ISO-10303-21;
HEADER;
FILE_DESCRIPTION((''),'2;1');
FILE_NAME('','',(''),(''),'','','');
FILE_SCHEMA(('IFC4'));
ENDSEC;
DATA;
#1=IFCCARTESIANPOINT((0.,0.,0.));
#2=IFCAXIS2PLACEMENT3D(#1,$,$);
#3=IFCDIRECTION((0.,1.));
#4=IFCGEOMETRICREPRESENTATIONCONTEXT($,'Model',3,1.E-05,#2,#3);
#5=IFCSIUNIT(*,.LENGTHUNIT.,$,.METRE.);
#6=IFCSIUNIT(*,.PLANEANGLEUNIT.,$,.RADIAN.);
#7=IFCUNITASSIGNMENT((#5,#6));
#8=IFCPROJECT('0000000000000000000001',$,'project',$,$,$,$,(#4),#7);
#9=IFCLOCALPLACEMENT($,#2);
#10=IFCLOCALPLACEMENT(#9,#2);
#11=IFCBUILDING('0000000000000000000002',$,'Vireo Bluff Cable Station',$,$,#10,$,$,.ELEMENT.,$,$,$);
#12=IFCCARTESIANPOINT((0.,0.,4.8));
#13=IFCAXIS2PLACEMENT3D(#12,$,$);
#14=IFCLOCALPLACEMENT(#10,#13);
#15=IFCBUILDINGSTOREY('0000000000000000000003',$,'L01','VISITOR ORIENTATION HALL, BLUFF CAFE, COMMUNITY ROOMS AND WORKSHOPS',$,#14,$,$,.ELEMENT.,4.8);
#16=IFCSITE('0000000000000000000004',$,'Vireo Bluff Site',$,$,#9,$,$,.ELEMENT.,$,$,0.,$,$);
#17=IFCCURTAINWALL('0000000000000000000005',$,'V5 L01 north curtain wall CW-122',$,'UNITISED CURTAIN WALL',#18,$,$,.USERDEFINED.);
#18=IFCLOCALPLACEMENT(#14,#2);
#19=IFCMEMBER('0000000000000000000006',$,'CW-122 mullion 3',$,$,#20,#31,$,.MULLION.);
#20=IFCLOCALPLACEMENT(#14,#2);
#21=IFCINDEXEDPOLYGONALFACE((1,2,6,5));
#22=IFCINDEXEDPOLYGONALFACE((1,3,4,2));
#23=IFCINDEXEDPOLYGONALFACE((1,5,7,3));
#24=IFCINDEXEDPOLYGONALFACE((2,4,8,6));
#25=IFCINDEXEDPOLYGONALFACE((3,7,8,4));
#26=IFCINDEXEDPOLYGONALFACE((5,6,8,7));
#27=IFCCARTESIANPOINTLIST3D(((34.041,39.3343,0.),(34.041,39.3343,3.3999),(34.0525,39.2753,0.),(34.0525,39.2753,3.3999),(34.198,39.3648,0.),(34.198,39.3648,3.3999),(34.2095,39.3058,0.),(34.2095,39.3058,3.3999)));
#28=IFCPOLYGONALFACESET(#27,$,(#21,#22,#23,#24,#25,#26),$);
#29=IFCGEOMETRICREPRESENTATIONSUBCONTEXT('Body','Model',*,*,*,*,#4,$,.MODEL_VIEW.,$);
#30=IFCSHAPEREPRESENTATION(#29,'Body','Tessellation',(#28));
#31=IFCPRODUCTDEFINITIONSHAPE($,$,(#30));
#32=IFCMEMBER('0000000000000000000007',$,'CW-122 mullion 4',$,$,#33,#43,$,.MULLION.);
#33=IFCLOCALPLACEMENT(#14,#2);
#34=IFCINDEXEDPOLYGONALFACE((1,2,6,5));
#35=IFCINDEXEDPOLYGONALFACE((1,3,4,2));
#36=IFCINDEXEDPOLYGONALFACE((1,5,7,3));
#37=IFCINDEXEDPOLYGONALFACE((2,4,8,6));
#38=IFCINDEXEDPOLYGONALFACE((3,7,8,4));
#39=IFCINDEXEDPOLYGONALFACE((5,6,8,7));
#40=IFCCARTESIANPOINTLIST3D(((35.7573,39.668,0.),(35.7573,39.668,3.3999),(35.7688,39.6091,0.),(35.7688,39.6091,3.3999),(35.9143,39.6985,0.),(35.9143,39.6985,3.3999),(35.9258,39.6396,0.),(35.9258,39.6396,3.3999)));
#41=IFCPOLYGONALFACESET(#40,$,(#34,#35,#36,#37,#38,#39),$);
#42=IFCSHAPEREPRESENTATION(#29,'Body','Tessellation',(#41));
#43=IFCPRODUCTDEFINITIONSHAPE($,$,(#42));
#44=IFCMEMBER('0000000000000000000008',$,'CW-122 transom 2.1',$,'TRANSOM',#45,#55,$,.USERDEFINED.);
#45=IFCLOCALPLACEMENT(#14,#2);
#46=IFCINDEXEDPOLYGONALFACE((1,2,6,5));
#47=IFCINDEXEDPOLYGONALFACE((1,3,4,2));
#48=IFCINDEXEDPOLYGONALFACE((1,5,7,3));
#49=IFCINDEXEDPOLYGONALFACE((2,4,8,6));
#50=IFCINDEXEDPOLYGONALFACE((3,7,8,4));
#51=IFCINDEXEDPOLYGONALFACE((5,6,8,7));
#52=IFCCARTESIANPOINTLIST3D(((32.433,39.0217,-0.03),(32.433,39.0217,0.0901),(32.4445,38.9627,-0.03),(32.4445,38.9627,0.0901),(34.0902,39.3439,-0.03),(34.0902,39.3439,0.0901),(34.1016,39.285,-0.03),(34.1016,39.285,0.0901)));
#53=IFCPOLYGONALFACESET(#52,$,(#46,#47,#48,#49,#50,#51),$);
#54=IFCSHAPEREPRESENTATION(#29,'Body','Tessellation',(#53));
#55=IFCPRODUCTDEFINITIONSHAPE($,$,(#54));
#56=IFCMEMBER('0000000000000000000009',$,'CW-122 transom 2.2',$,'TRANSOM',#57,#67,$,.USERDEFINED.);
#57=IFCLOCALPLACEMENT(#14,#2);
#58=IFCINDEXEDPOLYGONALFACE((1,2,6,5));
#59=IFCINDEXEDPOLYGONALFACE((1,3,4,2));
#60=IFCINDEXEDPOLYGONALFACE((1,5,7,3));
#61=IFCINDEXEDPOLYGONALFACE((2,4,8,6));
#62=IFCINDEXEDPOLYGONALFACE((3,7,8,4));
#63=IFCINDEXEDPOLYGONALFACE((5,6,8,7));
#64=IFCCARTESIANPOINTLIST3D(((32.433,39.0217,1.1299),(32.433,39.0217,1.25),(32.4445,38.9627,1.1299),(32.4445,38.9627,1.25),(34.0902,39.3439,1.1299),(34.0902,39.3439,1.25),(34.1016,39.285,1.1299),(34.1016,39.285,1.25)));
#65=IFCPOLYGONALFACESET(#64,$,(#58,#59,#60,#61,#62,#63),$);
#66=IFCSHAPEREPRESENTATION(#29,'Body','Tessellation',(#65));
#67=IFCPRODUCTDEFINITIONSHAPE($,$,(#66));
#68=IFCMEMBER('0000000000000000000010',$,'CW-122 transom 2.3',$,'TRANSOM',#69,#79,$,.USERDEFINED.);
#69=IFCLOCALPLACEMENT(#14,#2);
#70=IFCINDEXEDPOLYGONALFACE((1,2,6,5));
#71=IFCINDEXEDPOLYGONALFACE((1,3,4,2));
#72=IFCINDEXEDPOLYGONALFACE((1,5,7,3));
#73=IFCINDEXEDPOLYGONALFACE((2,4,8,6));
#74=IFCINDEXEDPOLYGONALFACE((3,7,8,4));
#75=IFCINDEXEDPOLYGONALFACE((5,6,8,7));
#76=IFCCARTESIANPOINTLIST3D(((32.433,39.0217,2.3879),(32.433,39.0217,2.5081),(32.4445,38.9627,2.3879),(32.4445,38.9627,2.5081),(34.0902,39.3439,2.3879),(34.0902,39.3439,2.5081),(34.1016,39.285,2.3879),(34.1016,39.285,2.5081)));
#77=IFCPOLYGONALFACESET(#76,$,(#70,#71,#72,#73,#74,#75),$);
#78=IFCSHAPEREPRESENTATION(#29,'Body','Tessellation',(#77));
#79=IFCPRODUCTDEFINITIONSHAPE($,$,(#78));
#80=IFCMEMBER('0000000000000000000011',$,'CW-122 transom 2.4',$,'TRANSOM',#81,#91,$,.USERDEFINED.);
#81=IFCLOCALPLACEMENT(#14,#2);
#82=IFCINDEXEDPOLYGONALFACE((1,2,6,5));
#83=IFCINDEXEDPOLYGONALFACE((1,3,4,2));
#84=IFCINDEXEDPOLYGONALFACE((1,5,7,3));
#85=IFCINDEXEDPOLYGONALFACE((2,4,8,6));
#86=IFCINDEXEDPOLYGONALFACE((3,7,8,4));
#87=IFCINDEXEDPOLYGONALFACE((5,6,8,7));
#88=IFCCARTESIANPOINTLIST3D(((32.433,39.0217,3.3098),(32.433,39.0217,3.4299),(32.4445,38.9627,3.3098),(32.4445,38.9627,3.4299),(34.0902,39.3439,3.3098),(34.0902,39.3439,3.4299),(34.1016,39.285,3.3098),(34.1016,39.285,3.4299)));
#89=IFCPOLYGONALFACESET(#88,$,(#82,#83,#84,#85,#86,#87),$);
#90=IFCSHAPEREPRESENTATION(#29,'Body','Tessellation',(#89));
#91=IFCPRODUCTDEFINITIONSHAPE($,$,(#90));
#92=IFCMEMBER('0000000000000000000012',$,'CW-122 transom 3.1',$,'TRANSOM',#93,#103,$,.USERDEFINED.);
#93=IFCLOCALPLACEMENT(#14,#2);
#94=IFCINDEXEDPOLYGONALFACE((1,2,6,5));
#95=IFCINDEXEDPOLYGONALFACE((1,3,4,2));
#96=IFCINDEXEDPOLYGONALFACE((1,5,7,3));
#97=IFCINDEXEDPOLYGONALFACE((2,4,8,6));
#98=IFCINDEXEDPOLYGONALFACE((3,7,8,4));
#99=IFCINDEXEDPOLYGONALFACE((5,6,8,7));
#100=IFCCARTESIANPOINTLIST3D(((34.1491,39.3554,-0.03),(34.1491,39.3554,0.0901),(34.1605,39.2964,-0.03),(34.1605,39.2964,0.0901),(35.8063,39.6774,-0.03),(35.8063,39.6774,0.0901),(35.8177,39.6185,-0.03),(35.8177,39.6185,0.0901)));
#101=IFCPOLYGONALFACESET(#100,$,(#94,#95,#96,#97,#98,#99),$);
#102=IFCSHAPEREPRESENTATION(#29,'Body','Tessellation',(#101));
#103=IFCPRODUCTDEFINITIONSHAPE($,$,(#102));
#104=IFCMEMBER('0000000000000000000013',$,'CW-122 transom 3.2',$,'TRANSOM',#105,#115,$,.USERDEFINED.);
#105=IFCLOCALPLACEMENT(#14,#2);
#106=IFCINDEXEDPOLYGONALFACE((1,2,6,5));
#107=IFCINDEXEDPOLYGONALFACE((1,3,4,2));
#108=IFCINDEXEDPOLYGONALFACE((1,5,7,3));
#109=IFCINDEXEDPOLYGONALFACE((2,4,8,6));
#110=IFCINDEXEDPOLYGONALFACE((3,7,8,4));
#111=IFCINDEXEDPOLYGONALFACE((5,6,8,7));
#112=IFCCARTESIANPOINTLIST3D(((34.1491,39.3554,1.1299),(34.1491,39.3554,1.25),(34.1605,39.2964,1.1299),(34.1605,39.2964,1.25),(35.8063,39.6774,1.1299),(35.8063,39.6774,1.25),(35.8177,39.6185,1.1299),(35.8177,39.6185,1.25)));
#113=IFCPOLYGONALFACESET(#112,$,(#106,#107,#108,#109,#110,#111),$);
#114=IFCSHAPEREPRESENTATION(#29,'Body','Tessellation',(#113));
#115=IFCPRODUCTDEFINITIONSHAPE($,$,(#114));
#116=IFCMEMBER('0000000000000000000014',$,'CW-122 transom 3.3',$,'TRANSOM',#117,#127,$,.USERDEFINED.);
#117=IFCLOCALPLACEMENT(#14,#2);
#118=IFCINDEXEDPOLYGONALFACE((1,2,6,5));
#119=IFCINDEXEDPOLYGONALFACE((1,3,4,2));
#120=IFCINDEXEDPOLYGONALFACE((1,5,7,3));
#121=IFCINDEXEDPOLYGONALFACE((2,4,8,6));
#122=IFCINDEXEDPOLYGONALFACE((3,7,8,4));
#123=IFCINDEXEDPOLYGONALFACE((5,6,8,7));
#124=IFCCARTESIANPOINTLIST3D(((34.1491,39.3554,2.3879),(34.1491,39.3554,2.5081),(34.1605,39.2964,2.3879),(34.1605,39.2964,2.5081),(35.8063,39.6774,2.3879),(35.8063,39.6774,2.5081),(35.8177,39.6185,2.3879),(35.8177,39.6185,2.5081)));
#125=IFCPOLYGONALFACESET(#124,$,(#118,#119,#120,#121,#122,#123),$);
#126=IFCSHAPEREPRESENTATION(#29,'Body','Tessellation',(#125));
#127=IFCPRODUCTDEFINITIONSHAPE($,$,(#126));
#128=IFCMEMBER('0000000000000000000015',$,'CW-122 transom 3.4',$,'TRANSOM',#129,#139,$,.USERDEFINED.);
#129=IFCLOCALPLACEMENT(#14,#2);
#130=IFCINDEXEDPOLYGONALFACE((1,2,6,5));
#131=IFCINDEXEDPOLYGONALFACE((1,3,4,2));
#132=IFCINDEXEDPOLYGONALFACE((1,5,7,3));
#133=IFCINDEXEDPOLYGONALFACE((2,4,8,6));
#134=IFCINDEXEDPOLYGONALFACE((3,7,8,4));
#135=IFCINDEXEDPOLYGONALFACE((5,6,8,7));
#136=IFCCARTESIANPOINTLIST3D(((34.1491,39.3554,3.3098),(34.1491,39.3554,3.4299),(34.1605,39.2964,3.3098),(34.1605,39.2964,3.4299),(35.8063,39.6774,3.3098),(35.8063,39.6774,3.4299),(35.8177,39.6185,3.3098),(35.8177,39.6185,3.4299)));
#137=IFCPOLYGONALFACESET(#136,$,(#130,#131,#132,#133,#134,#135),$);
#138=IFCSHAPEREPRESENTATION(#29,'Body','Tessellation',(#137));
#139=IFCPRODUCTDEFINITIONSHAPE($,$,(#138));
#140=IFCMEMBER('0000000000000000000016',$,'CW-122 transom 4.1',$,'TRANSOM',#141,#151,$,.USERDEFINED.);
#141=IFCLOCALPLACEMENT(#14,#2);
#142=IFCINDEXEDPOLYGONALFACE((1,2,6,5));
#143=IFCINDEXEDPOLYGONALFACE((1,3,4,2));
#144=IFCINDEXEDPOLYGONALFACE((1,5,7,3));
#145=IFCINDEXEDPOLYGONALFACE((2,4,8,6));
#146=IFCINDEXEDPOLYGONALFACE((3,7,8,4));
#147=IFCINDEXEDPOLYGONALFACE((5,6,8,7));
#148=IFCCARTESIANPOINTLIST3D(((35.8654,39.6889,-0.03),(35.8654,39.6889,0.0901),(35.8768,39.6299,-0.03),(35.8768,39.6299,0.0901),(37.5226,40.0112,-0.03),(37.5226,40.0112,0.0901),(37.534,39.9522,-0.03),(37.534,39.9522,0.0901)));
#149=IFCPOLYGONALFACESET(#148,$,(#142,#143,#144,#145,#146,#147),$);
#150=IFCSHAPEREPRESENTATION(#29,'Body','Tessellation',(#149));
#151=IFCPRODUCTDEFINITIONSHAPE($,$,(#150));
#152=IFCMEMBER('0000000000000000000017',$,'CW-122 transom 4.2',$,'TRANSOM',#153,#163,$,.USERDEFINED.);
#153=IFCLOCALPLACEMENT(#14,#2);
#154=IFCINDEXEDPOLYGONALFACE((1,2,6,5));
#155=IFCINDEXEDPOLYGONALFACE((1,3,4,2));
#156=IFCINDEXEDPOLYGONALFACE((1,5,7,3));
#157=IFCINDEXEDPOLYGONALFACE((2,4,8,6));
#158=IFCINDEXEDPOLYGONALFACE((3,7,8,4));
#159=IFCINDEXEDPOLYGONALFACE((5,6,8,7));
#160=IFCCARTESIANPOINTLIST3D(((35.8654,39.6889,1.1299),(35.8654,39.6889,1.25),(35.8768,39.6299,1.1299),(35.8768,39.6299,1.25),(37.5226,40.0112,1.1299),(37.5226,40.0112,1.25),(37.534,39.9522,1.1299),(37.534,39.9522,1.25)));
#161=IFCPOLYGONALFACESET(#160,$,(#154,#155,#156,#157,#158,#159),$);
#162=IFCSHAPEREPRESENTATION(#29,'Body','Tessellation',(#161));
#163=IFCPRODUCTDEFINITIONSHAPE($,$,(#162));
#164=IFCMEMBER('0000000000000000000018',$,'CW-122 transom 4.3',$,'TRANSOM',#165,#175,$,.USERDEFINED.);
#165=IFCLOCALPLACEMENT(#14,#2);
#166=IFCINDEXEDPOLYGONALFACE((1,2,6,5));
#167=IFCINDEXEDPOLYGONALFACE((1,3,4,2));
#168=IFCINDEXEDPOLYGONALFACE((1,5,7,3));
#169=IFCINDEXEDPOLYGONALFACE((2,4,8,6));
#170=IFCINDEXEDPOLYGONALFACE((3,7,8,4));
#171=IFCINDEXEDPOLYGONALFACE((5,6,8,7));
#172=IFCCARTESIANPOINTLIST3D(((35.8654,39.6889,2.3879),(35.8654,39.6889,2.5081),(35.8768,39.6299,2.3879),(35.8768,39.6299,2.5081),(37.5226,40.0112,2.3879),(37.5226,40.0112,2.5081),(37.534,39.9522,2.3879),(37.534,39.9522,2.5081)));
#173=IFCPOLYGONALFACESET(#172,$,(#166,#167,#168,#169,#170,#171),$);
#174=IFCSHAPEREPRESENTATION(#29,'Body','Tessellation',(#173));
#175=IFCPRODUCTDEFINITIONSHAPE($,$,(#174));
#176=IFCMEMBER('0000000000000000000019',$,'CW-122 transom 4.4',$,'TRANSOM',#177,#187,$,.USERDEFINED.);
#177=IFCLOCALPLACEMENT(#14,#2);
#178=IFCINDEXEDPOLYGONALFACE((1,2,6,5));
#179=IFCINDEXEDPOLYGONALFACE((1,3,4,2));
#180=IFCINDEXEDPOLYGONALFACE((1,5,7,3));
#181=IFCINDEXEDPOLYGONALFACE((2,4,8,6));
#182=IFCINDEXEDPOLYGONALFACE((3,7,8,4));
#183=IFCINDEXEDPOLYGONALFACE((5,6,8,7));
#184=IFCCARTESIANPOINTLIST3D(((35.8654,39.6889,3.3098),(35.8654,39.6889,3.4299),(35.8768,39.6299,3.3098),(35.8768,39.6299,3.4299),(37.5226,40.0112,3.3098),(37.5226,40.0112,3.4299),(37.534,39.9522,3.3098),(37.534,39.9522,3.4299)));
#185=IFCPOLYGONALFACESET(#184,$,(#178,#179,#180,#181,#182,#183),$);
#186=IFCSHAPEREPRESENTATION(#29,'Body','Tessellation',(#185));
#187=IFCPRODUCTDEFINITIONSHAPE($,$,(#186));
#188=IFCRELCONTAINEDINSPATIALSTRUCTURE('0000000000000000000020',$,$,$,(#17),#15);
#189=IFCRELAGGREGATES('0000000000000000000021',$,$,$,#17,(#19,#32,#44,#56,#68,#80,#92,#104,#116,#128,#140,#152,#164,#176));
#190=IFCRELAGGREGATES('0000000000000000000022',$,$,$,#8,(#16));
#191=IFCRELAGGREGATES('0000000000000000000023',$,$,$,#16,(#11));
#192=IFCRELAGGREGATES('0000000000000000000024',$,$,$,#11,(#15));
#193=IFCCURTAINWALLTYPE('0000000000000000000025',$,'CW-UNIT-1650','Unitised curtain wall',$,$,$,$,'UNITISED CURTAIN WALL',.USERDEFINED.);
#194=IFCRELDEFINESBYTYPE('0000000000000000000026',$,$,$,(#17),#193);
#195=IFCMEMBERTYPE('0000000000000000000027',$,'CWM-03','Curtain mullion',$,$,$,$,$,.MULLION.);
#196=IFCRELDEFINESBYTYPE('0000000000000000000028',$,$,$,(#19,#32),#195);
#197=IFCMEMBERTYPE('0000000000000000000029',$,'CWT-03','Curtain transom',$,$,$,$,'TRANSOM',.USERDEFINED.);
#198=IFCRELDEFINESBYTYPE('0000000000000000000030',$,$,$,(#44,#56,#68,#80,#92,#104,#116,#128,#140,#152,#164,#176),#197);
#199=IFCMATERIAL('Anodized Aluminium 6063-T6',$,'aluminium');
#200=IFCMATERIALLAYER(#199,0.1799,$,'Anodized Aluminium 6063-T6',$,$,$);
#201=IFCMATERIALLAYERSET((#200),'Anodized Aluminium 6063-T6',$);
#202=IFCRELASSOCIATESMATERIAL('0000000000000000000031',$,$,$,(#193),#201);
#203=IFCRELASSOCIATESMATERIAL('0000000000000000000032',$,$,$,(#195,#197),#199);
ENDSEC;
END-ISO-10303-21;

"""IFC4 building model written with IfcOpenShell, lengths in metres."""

from ifc_helpers import new_model, si_unit, direction, frame, origin, origin_2d, place, context, subcontext, project, spatial, rectangle, extrude, material, layer, layer_set, material_profile, profile_set, type_object, element, aggregate, save


model = new_model("IFC4")

# Units and contexts
model_context = context("Model", 3, precision=1e-05, world=origin(), true_north=direction((0.0, 1.0)))
body_context = subcontext(model_context, "Body", "Model", "MODEL_VIEW")
ifc_project = project(units=[si_unit("LENGTHUNIT", "METRE"), si_unit("PLANEANGLEUNIT", "RADIAN")], contexts=[model_context])

# Site, building, storey
site_placement = place(None, origin())
site = spatial("IfcSite", under=ifc_project, at=site_placement, Name="Vireo Bluff Site", CompositionType="ELEMENT", RefElevation=0.0)
building_placement = place(site_placement, origin())
building = spatial("IfcBuilding", under=site, at=building_placement, Name="Vireo Bluff Cable Station", CompositionType="ELEMENT")
storey_placement = place(building_placement, frame((0.0, 0.0, 4.8)))
storey = spatial("IfcBuildingStorey", under=building, at=storey_placement, Name="L01", Description="VISITOR ORIENTATION HALL, BLUFF CAFE, COMMUNITY ROOMS AND WORKSHOPS", CompositionType="ELEMENT", Elevation=4.8)

# Curtain wall, members
ifc_material_1 = material(Name="Anodized Aluminium 6063-T6", Category="aluminium")
ifc_layer_1 = layer(ifc_material_1, 0.1799, Name="Anodized Aluminium 6063-T6")
ifc_layer_set_1 = layer_set([ifc_layer_1], Name="Anodized Aluminium 6063-T6")
curtain_wall_type = type_object("IfcCurtainWallType", Name="CW-UNIT-1650", Description="Unitised curtain wall", ElementType="UNITISED CURTAIN WALL", PredefinedType="USERDEFINED", material=ifc_layer_set_1)
curtain_wall_placement = place(storey_placement, origin())
curtain_wall = element("IfcCurtainWall", 1, at=curtain_wall_placement, inside=storey, type_object=curtain_wall_type, Name="V5 L01 north curtain wall CW-122", ObjectType="UNITISED CURTAIN WALL", PredefinedType="USERDEFINED")
ifc_material_profile_1 = material_profile(ifc_material_1, rectangle(XDim=0.0601, YDim=0.1599, at=origin_2d()), Name="ALU-M-60X160")
ifc_profile_set_1 = profile_set([ifc_material_profile_1], Name="Anodized Aluminium 6063-T6")
member_type_1 = type_object("IfcMemberType", Name="CWM-03", Description="Curtain mullion", PredefinedType="MULLION", material=ifc_profile_set_1)
member_1_placement = place(storey_placement, frame((34.1252, 39.3201, 0.0), z_axis=(0.0, 0.0, 1.0), x_axis=(-0.190809, 0.981627, 0.0)))
member_1 = element("IfcMember", 2, at=member_1_placement, type_object=member_type_1, Name="CW-122 mullion 3", PredefinedType="MULLION", context=body_context, shape_type="SweptSolid", body=[
    extrude(rectangle(XDim=0.0601, YDim=0.1599, at=origin_2d()), origin(), (0.0, 0.0, 1.0), 3.3999),
])
member_2_placement = place(storey_placement, frame((35.8416, 39.6538, 0.0), z_axis=(0.0, 0.0, 1.0), x_axis=(-0.190809, 0.981627, 0.0)))
member_2 = element("IfcMember", 3, at=member_2_placement, type_object=member_type_1, Name="CW-122 mullion 4", PredefinedType="MULLION", context=body_context, shape_type="SweptSolid", body=[
    extrude(rectangle(XDim=0.0601, YDim=0.1599, at=origin_2d()), origin(), (0.0, 0.0, 1.0), 3.3999),
])
ifc_material_profile_2 = material_profile(ifc_material_1, rectangle(XDim=0.0601, YDim=0.1201, at=origin_2d()), Name="ALU-T-60X120")
ifc_profile_set_2 = profile_set([ifc_material_profile_2], Name="Anodized Aluminium 6063-T6")
member_type_2 = type_object("IfcMemberType", Name="CWT-03", Description="Curtain transom", ElementType="TRANSOM", PredefinedType="USERDEFINED", material=ifc_profile_set_2)
member_3_placement = place(storey_placement, frame((32.4387, 38.9922, 0.03), z_axis=(0.981612, 0.190885, 0.0), x_axis=(-0.190885, 0.981612, 0.0)))
member_3 = element("IfcMember", 4, at=member_3_placement, type_object=member_type_2, Name="CW-122 transom 2.1", ObjectType="TRANSOM", PredefinedType="USERDEFINED", context=body_context, shape_type="SweptSolid", body=[
    extrude(rectangle(XDim=0.0601, YDim=0.1201, at=origin_2d()), origin(), (0.0, 0.0, 1.0), 1.6882),
])
member_4_placement = place(storey_placement, frame((32.4387, 38.9922, 1.1899), z_axis=(0.981612, 0.190885, 0.0), x_axis=(-0.190885, 0.981612, 0.0)))
member_4 = element("IfcMember", 5, at=member_4_placement, type_object=member_type_2, Name="CW-122 transom 2.2", ObjectType="TRANSOM", PredefinedType="USERDEFINED", context=body_context, shape_type="SweptSolid", body=[
    extrude(rectangle(XDim=0.0601, YDim=0.1201, at=origin_2d()), origin(), (0.0, 0.0, 1.0), 1.6882),
])
member_5_placement = place(storey_placement, frame((32.4387, 38.9922, 2.448), z_axis=(0.981612, 0.190885, 0.0), x_axis=(-0.190885, 0.981612, 0.0)))
member_5 = element("IfcMember", 6, at=member_5_placement, type_object=member_type_2, Name="CW-122 transom 2.3", ObjectType="TRANSOM", PredefinedType="USERDEFINED", context=body_context, shape_type="SweptSolid", body=[
    extrude(rectangle(XDim=0.0601, YDim=0.1201, at=origin_2d()), origin(), (0.0, 0.0, 1.0), 1.6882),
])
member_6_placement = place(storey_placement, frame((32.4387, 38.9922, 3.3699), z_axis=(0.981612, 0.190885, 0.0), x_axis=(-0.190885, 0.981612, 0.0)))
member_6 = element("IfcMember", 7, at=member_6_placement, type_object=member_type_2, Name="CW-122 transom 2.4", ObjectType="TRANSOM", PredefinedType="USERDEFINED", context=body_context, shape_type="SweptSolid", body=[
    extrude(rectangle(XDim=0.0601, YDim=0.1201, at=origin_2d()), origin(), (0.0, 0.0, 1.0), 1.6882),
])
member_7_placement = place(storey_placement, frame((34.1548, 39.3259, 0.03), z_axis=(0.981639, 0.190746, 0.0), x_axis=(-0.190746, 0.981639, 0.0)))
member_7 = element("IfcMember", 8, at=member_7_placement, type_object=member_type_2, Name="CW-122 transom 3.1", ObjectType="TRANSOM", PredefinedType="USERDEFINED", context=body_context, shape_type="SweptSolid", body=[
    extrude(rectangle(XDim=0.0601, YDim=0.1201, at=origin_2d()), origin(), (0.0, 0.0, 1.0), 1.6882),
])
member_8_placement = place(storey_placement, frame((34.1548, 39.3259, 1.1899), z_axis=(0.981639, 0.190746, 0.0), x_axis=(-0.190746, 0.981639, 0.0)))
member_8 = element("IfcMember", 9, at=member_8_placement, type_object=member_type_2, Name="CW-122 transom 3.2", ObjectType="TRANSOM", PredefinedType="USERDEFINED", context=body_context, shape_type="SweptSolid", body=[
    extrude(rectangle(XDim=0.0601, YDim=0.1201, at=origin_2d()), origin(), (0.0, 0.0, 1.0), 1.6882),
])
member_9_placement = place(storey_placement, frame((34.1548, 39.3259, 2.448), z_axis=(0.981639, 0.190746, 0.0), x_axis=(-0.190746, 0.981639, 0.0)))
member_9 = element("IfcMember", 10, at=member_9_placement, type_object=member_type_2, Name="CW-122 transom 3.3", ObjectType="TRANSOM", PredefinedType="USERDEFINED", context=body_context, shape_type="SweptSolid", body=[
    extrude(rectangle(XDim=0.0601, YDim=0.1201, at=origin_2d()), origin(), (0.0, 0.0, 1.0), 1.6882),
])
member_10_placement = place(storey_placement, frame((34.1548, 39.3259, 3.3699), z_axis=(0.981639, 0.190746, 0.0), x_axis=(-0.190746, 0.981639, 0.0)))
member_10 = element("IfcMember", 11, at=member_10_placement, type_object=member_type_2, Name="CW-122 transom 3.4", ObjectType="TRANSOM", PredefinedType="USERDEFINED", context=body_context, shape_type="SweptSolid", body=[
    extrude(rectangle(XDim=0.0601, YDim=0.1201, at=origin_2d()), origin(), (0.0, 0.0, 1.0), 1.6882),
])
member_11_placement = place(storey_placement, frame((35.8711, 39.6594, 0.03), z_axis=(0.981612, 0.190885, 0.0), x_axis=(-0.190885, 0.981612, 0.0)))
member_11 = element("IfcMember", 12, at=member_11_placement, type_object=member_type_2, Name="CW-122 transom 4.1", ObjectType="TRANSOM", PredefinedType="USERDEFINED", context=body_context, shape_type="SweptSolid", body=[
    extrude(rectangle(XDim=0.0601, YDim=0.1201, at=origin_2d()), origin(), (0.0, 0.0, 1.0), 1.6882),
])
member_12_placement = place(storey_placement, frame((35.8711, 39.6594, 1.1899), z_axis=(0.981612, 0.190885, 0.0), x_axis=(-0.190885, 0.981612, 0.0)))
member_12 = element("IfcMember", 13, at=member_12_placement, type_object=member_type_2, Name="CW-122 transom 4.2", ObjectType="TRANSOM", PredefinedType="USERDEFINED", context=body_context, shape_type="SweptSolid", body=[
    extrude(rectangle(XDim=0.0601, YDim=0.1201, at=origin_2d()), origin(), (0.0, 0.0, 1.0), 1.6882),
])
member_13_placement = place(storey_placement, frame((35.8711, 39.6594, 2.448), z_axis=(0.981612, 0.190885, 0.0), x_axis=(-0.190885, 0.981612, 0.0)))
member_13 = element("IfcMember", 14, at=member_13_placement, type_object=member_type_2, Name="CW-122 transom 4.3", ObjectType="TRANSOM", PredefinedType="USERDEFINED", context=body_context, shape_type="SweptSolid", body=[
    extrude(rectangle(XDim=0.0601, YDim=0.1201, at=origin_2d()), origin(), (0.0, 0.0, 1.0), 1.6882),
])
member_14_placement = place(storey_placement, frame((35.8711, 39.6594, 3.3699), z_axis=(0.981612, 0.190885, 0.0), x_axis=(-0.190885, 0.981612, 0.0)))
member_14 = element("IfcMember", 15, at=member_14_placement, type_object=member_type_2, Name="CW-122 transom 4.4", ObjectType="TRANSOM", PredefinedType="USERDEFINED", context=body_context, shape_type="SweptSolid", body=[
    extrude(rectangle(XDim=0.0601, YDim=0.1201, at=origin_2d()), origin(), (0.0, 0.0, 1.0), 1.6882),
])
aggregate(curtain_wall, [member_1, member_2, member_3, member_4, member_5, member_6, member_7, member_8, member_9, member_10, member_11, member_12, member_13, member_14])

save(model, "model.ifc")
